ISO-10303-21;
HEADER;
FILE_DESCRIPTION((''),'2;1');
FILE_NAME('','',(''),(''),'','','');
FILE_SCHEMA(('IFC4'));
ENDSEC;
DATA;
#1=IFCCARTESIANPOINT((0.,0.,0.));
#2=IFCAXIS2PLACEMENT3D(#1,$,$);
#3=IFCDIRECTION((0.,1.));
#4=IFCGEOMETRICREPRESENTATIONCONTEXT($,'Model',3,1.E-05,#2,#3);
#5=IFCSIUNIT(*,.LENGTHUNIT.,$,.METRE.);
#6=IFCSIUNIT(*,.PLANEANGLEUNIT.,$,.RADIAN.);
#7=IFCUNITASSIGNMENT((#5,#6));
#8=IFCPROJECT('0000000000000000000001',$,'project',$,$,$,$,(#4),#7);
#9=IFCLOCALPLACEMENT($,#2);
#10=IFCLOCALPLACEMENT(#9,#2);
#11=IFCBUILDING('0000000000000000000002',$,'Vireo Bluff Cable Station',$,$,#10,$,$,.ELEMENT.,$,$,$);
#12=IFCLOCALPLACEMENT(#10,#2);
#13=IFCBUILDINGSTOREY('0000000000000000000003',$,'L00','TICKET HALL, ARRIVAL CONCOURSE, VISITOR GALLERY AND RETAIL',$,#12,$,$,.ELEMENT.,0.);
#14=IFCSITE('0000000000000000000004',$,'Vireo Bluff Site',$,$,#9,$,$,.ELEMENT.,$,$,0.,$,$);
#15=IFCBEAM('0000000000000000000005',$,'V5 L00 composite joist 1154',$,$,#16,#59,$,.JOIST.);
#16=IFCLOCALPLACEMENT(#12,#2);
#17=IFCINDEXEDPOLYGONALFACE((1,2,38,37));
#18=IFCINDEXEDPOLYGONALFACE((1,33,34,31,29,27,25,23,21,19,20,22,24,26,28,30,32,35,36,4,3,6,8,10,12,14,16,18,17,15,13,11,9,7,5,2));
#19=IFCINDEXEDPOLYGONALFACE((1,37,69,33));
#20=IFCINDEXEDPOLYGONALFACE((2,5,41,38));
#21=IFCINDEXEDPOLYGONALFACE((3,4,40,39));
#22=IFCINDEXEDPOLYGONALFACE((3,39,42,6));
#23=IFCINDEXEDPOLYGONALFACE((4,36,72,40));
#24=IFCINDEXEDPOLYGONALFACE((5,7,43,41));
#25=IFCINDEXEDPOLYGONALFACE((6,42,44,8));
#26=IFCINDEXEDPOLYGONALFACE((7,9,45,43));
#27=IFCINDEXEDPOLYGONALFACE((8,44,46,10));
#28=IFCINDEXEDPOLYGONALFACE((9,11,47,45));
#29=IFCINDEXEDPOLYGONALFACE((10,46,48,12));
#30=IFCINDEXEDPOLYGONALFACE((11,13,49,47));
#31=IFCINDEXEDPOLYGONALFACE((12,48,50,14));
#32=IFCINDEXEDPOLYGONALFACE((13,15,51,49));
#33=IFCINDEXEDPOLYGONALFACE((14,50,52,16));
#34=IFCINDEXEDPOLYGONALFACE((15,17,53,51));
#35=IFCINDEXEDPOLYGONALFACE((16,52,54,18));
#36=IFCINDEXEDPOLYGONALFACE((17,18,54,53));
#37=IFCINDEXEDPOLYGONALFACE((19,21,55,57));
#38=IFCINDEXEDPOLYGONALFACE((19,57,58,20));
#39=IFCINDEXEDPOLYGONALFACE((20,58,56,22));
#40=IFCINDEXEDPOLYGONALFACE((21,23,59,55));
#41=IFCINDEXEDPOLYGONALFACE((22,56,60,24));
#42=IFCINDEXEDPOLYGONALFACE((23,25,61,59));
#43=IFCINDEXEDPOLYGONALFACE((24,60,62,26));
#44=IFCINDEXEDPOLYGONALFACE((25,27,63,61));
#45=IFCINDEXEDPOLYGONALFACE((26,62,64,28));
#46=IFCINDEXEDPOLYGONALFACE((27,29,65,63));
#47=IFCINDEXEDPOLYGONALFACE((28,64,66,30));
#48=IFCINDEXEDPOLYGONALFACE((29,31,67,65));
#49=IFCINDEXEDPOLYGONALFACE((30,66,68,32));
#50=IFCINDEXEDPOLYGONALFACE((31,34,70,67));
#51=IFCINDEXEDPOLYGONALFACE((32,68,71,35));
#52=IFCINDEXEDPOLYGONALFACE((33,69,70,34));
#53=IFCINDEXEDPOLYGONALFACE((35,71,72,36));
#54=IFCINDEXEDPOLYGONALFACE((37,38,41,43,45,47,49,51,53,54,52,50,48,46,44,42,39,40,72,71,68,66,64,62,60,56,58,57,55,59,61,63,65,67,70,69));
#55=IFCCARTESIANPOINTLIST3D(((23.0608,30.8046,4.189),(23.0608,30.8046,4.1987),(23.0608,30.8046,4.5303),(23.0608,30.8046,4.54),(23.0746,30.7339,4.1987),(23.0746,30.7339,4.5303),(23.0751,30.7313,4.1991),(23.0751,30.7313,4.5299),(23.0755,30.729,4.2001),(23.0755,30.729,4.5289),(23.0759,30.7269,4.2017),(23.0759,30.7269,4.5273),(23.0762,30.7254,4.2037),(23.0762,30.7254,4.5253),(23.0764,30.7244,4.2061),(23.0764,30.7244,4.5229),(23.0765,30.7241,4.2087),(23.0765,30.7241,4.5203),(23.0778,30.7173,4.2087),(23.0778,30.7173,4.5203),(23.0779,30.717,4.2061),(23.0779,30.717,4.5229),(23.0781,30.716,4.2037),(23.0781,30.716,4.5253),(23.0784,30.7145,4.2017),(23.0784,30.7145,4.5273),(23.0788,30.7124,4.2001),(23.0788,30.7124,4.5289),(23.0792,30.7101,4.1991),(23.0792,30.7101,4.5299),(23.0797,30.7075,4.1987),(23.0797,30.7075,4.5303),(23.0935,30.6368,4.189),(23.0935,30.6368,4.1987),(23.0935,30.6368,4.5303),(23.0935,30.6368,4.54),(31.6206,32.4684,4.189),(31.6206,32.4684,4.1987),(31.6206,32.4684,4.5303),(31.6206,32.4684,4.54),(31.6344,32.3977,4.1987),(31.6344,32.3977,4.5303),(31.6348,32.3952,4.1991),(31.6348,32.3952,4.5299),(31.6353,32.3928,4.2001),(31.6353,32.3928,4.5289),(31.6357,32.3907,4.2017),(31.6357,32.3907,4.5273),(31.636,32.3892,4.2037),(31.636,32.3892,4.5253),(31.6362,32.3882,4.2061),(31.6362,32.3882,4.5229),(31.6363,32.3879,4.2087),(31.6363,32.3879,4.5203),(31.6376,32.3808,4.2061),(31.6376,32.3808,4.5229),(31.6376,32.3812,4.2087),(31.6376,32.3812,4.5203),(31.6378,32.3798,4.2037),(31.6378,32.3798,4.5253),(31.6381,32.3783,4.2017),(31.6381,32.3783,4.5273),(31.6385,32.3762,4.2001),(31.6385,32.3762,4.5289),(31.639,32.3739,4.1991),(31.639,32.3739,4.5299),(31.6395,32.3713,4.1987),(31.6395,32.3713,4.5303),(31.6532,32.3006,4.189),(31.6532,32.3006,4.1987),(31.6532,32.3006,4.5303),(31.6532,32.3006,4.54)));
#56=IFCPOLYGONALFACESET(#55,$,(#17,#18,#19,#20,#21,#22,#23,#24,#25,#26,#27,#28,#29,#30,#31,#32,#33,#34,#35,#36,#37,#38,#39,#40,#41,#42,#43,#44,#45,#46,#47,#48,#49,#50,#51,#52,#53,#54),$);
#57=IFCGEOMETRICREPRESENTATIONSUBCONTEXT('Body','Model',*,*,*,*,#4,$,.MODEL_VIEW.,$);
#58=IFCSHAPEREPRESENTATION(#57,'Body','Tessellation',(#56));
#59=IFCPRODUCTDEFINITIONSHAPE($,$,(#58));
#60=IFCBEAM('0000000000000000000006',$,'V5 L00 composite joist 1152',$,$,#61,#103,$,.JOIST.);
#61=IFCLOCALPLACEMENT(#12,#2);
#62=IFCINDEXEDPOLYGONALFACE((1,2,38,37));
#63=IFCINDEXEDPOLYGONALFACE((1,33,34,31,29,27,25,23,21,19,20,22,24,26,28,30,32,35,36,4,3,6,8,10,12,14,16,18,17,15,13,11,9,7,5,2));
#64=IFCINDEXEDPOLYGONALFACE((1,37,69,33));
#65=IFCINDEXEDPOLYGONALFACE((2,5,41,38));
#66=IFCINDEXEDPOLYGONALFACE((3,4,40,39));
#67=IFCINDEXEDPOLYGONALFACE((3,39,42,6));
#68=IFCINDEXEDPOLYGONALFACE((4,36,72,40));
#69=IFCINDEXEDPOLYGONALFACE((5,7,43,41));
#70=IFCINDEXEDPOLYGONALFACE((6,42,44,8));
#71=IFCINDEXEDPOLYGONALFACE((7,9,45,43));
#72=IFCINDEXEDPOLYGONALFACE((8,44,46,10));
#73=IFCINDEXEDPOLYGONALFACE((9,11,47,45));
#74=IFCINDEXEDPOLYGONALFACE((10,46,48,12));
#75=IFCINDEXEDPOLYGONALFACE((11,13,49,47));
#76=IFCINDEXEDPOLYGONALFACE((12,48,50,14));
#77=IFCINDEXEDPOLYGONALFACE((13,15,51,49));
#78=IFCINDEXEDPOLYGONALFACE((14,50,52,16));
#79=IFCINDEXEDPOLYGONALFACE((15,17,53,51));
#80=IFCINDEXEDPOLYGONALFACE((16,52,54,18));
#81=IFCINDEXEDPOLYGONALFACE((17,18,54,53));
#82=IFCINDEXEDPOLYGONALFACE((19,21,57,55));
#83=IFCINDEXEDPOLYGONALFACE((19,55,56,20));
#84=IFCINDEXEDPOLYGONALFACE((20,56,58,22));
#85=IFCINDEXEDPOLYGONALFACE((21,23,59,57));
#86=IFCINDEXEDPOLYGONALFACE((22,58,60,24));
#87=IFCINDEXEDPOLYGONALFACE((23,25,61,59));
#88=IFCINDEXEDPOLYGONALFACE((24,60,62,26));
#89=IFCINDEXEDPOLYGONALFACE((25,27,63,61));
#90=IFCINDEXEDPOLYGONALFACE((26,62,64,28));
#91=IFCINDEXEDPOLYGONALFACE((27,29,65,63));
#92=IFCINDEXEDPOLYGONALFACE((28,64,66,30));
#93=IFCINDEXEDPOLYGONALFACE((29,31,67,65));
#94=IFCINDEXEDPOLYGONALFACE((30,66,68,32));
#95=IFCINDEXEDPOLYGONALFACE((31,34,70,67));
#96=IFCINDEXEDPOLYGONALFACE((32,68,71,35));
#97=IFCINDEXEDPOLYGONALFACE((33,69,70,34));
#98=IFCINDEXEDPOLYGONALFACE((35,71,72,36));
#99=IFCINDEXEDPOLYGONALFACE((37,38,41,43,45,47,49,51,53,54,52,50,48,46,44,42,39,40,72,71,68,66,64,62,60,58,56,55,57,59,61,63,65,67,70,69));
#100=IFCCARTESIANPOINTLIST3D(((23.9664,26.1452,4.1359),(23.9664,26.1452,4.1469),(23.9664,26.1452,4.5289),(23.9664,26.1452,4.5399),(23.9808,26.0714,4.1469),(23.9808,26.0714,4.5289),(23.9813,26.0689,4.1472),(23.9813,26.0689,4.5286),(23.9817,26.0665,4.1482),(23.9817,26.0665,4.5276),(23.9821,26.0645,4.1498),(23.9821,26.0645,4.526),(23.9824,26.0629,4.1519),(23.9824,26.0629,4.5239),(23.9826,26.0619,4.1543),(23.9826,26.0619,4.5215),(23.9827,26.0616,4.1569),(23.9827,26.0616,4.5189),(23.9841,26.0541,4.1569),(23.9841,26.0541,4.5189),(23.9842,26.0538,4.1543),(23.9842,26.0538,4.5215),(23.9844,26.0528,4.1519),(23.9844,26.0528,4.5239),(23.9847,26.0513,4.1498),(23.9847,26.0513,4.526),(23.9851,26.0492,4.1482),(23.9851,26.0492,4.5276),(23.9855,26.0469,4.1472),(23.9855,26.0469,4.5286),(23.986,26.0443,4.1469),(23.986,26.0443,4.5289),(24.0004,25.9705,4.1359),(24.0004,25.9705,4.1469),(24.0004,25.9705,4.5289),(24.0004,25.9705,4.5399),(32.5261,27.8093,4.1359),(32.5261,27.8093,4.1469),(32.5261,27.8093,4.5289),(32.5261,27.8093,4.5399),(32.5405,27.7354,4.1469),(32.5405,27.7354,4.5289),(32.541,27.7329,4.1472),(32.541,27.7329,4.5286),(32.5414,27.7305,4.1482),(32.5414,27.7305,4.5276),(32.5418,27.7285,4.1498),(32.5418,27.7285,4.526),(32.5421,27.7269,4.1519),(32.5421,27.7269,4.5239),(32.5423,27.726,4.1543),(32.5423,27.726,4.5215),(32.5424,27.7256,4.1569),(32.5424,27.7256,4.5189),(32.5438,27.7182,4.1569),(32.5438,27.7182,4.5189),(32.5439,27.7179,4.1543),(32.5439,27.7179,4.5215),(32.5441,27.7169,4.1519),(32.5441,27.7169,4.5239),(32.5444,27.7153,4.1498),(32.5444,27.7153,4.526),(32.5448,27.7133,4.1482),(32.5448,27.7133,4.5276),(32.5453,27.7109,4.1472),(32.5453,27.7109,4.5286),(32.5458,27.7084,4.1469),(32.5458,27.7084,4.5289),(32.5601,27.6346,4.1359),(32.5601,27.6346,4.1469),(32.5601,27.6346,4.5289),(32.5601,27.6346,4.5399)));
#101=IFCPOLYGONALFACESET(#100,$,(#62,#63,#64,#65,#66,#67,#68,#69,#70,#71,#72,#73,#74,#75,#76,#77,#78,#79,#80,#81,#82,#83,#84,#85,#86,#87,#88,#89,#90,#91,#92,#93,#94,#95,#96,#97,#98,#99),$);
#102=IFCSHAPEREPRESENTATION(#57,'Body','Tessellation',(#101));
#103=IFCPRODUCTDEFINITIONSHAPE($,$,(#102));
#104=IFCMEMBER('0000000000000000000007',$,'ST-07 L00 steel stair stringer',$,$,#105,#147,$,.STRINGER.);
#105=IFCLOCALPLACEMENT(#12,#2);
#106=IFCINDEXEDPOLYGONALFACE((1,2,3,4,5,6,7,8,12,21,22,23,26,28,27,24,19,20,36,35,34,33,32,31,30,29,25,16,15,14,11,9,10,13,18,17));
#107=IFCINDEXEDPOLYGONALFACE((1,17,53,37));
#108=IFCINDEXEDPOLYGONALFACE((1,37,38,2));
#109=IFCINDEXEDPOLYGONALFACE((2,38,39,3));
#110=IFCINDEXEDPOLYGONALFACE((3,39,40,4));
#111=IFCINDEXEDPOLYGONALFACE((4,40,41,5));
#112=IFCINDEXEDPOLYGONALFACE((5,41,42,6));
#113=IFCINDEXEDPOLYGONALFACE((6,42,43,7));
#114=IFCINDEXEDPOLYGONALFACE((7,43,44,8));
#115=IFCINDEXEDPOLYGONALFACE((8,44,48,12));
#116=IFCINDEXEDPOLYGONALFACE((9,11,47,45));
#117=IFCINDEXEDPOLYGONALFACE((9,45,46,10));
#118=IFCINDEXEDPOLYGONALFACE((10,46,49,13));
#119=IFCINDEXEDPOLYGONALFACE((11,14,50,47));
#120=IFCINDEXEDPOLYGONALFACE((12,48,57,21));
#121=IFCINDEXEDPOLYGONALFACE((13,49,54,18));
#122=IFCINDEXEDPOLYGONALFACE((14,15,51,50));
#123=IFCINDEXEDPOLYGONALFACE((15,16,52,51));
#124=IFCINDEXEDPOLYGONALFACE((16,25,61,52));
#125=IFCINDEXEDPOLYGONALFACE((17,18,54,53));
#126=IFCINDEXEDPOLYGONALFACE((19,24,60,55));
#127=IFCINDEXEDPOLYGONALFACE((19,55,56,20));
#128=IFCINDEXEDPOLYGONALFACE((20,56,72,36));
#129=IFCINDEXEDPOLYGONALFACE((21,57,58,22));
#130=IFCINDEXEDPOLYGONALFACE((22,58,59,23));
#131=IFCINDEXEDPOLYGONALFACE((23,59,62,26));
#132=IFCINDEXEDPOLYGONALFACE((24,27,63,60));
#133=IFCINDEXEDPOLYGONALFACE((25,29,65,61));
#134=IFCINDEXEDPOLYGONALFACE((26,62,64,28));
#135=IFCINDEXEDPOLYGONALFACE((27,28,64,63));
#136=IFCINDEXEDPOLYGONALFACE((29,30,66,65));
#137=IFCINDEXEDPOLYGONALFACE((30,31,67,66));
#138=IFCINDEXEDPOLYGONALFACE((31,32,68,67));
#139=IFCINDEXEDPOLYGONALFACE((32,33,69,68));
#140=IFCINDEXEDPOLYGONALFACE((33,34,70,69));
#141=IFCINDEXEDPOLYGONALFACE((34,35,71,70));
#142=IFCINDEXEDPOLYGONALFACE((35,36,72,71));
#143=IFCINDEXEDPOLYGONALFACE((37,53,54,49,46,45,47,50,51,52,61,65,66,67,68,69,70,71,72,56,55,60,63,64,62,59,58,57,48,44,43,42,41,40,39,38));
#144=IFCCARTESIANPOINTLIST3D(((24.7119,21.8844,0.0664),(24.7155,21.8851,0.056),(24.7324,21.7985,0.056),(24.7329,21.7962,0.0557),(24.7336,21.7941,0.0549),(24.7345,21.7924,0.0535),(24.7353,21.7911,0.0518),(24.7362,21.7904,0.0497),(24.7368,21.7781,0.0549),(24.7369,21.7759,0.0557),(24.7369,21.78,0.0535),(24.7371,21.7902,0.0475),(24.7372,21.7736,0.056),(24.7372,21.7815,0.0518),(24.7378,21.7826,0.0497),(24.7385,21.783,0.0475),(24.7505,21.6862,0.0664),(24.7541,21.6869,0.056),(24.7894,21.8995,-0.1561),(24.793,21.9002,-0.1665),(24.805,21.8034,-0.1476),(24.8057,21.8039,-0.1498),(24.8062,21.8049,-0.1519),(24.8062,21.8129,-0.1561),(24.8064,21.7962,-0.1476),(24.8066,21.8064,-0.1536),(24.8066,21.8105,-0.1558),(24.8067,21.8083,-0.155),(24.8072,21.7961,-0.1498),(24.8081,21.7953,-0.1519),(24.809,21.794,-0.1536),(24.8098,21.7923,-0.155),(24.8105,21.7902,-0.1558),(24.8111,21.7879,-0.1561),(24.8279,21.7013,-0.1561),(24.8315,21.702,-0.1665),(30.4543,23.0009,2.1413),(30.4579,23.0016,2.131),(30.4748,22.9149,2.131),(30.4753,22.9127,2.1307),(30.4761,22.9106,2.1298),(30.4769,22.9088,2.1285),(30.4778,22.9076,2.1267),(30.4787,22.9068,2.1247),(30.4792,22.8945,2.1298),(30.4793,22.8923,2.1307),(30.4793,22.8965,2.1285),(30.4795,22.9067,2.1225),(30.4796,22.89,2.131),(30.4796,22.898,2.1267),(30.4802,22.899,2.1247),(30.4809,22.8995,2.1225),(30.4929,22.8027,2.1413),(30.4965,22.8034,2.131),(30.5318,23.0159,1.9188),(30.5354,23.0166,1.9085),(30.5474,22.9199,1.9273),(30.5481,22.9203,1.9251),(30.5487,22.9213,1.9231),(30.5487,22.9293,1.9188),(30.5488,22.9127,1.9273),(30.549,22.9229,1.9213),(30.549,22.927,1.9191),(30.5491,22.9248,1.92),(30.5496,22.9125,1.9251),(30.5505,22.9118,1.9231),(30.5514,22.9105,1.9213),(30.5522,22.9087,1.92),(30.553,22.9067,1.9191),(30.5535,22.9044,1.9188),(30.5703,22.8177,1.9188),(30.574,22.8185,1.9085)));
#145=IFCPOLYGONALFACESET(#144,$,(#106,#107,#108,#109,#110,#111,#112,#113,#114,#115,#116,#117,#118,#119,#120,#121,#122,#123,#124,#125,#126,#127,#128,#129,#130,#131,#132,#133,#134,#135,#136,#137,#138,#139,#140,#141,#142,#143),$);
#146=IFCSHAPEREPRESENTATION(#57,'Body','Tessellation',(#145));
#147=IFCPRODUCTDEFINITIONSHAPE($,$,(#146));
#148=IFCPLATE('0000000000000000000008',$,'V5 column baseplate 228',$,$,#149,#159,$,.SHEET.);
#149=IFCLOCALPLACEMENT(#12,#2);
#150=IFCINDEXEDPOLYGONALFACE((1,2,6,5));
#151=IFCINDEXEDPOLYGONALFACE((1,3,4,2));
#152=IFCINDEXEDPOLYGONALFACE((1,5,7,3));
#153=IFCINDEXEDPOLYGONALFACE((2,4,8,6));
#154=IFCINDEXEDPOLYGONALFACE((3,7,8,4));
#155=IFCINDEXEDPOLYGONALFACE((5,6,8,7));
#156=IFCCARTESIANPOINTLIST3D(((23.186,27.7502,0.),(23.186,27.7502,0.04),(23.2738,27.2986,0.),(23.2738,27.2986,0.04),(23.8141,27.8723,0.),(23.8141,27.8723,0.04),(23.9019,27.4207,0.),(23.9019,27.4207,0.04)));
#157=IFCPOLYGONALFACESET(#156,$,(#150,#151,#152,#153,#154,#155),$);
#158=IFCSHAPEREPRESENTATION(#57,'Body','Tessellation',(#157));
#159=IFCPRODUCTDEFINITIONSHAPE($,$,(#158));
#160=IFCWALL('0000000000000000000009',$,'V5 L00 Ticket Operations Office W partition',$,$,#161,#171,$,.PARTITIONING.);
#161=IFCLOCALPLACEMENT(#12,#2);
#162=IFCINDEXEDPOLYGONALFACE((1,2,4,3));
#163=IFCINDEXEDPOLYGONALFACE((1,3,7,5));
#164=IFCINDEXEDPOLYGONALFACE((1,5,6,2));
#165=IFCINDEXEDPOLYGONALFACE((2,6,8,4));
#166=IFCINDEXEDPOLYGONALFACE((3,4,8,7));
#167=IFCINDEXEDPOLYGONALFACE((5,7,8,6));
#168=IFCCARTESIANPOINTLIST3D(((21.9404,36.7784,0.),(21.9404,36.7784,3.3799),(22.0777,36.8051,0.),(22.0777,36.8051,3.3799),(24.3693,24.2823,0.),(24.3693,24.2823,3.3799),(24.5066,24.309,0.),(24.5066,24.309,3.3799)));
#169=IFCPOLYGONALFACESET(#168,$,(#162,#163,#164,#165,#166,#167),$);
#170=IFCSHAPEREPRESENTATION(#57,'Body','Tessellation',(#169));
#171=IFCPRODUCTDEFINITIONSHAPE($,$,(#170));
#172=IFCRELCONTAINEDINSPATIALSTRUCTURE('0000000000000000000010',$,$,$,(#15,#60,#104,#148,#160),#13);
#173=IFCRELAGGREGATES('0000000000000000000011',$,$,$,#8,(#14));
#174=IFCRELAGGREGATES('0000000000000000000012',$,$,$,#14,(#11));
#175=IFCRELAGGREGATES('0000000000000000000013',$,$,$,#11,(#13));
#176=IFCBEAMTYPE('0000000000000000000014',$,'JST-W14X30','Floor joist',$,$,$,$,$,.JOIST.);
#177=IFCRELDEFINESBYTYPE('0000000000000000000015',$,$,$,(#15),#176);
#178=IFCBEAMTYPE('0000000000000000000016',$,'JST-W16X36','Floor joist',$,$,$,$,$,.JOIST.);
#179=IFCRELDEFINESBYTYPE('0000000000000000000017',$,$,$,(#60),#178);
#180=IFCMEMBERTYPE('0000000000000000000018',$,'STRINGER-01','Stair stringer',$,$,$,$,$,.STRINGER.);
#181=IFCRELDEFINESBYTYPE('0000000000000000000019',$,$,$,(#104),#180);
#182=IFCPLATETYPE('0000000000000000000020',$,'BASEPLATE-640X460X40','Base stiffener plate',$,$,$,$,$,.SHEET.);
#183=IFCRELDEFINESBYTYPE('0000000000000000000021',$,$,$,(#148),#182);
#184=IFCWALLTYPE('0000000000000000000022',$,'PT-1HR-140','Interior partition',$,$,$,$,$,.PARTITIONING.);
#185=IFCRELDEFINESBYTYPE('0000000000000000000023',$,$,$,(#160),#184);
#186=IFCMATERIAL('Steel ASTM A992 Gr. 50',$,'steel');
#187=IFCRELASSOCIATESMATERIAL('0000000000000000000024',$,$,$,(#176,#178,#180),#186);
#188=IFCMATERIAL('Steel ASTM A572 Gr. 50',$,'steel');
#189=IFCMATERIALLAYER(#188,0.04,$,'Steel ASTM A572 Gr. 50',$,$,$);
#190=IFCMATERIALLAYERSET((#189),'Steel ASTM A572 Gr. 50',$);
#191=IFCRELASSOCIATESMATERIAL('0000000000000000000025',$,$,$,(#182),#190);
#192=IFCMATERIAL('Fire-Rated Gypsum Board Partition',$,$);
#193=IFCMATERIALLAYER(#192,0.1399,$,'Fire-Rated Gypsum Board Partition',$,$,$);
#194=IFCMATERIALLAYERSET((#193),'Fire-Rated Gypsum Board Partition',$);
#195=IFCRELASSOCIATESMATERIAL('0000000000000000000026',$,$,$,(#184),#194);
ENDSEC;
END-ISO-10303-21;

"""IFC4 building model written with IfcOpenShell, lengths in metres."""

from ifc_helpers import new_model, si_unit, direction, frame, frame_2d, origin, origin_2d, place, context, subcontext, project, spatial, rectangle, i_section, extrude, material, layer, layer_set, material_profile, profile_set, type_object, element, save


model = new_model("IFC4")

# Units and contexts
model_context = context("Model", 3, precision=1e-05, world=origin(), true_north=direction((0.0, 1.0)))
body_context = subcontext(model_context, "Body", "Model", "MODEL_VIEW")
ifc_project = project(units=[si_unit("LENGTHUNIT", "METRE"), si_unit("PLANEANGLEUNIT", "RADIAN")], contexts=[model_context])

# Site, building, storey
site_placement = place(None, origin())
site = spatial("IfcSite", under=ifc_project, at=site_placement, Name="Vireo Bluff Site", CompositionType="ELEMENT", RefElevation=0.0)
building_placement = place(site_placement, origin())
building = spatial("IfcBuilding", under=site, at=building_placement, Name="Vireo Bluff Cable Station", CompositionType="ELEMENT")
storey_placement = place(building_placement, origin())
storey = spatial("IfcBuildingStorey", under=building, at=storey_placement, Name="L00", Description="TICKET HALL, ARRIVAL CONCOURSE, VISITOR GALLERY AND RETAIL", CompositionType="ELEMENT", Elevation=0.0)

# Shared definitions
ifc_material_1 = material(Name="Steel ASTM A992 Gr. 50", Category="steel")

# Beams
ifc_material_profile_1 = material_profile(ifc_material_1, i_section(OverallWidth=0.1709, OverallDepth=0.3511, WebThickness=0.0068, FlangeThickness=0.0098, FilletRadius=0.01, at=origin_2d()), Name="W14X30")
ifc_profile_set_1 = profile_set([ifc_material_profile_1], Name="Steel ASTM A992 Gr. 50")
beam_type_1 = type_object("IfcBeamType", Name="JST-W14X30", Description="Floor joist", PredefinedType="JOIST", material=ifc_profile_set_1)
beam_1_placement = place(storey_placement, frame((23.0771, 30.7207, 4.3645), z_axis=(0.981628, 0.190804, 0.0), x_axis=(-0.190804, 0.981628, 0.0)))
element("IfcBeam", 1, at=beam_1_placement, inside=storey, type_object=beam_type_1, Name="V5 L00 composite joist 1154", PredefinedType="JOIST", context=body_context, shape_type="SweptSolid", body=[
    extrude(i_section(OverallWidth=0.1709, OverallDepth=0.3511, WebThickness=0.0068, FlangeThickness=0.0098, FilletRadius=0.01, at=origin_2d()), origin(), (0.0, 0.0, 1.0), 8.72),
])
ifc_material_profile_2 = material_profile(ifc_material_1, i_section(OverallWidth=0.178, OverallDepth=0.4041, WebThickness=0.0076, FlangeThickness=0.011, FilletRadius=0.01, at=origin_2d()), Name="W16X36")
ifc_profile_set_2 = profile_set([ifc_material_profile_2], Name="Steel ASTM A992 Gr. 50")
beam_type_2 = type_object("IfcBeamType", Name="JST-W16X36", Description="Floor joist", PredefinedType="JOIST", material=ifc_profile_set_2)
beam_2_placement = place(storey_placement, frame((23.9834, 26.0579, 4.3379), z_axis=(0.981623, 0.190831, 0.0), x_axis=(-0.190831, 0.981623, 0.0)))
element("IfcBeam", 2, at=beam_2_placement, inside=storey, type_object=beam_type_2, Name="V5 L00 composite joist 1152", PredefinedType="JOIST", context=body_context, shape_type="SweptSolid", body=[
    extrude(i_section(OverallWidth=0.178, OverallDepth=0.4041, WebThickness=0.0076, FlangeThickness=0.011, FilletRadius=0.01, at=origin_2d()), origin(), (0.0, 0.0, 1.0), 8.72),
])

# Member
ifc_material_profile_3 = material_profile(ifc_material_1, i_section(OverallWidth=0.2019, OverallDepth=0.2471, WebThickness=0.0073, FlangeThickness=0.011, FilletRadius=0.009, at=origin_2d()), Name="W10X33")
ifc_profile_set_3 = profile_set([ifc_material_profile_3], Name="Steel ASTM A992 Gr. 50")
member_type = type_object("IfcMemberType", Name="STRINGER-01", Description="Stair stringer", PredefinedType="STRINGER", material=ifc_profile_set_3)
member_placement = place(storey_placement, frame((24.7717, 21.7932, -0.05), z_axis=(0.925147, 0.179869, 0.33429), x_axis=(-0.190848, 0.98162, 0.0)))
element("IfcMember", 3, at=member_placement, inside=storey, type_object=member_type, Name="ST-07 L00 steel stair stringer", PredefinedType="STRINGER", context=body_context, shape_type="SweptSolid", body=[
    extrude(i_section(OverallWidth=0.2019, OverallDepth=0.2471, WebThickness=0.0073, FlangeThickness=0.011, FilletRadius=0.009, at=origin_2d()), origin(), (0.0, 0.0, 1.0), 6.207),
])

# Plate
ifc_material_2 = material(Name="Steel ASTM A572 Gr. 50", Category="steel")
ifc_layer_1 = layer(ifc_material_2, 0.04, Name="Steel ASTM A572 Gr. 50")
ifc_layer_set_1 = layer_set([ifc_layer_1], Name="Steel ASTM A572 Gr. 50")
plate_type = type_object("IfcPlateType", Name="BASEPLATE-640X460X40", Description="Base stiffener plate", PredefinedType="SHEET", material=ifc_layer_set_1)
plate_placement = place(storey_placement, frame((23.5439, 27.5854, 0.0), z_axis=(0.0, 0.0, 1.0), x_axis=(0.981627, 0.190809, 0.0)))
element("IfcPlate", 4, at=plate_placement, inside=storey, type_object=plate_type, Name="V5 column baseplate 228", PredefinedType="SHEET", context=body_context, shape_type="SweptSolid", body=[
    extrude(rectangle(XDim=0.6399, YDim=0.46, at=origin_2d()), origin(), (0.0, 0.0, 1.0), 0.04),
])

# Wall
ifc_material_3 = material(Name="Fire-Rated Gypsum Board Partition")
ifc_layer_2 = layer(ifc_material_3, 0.1399, Name="Fire-Rated Gypsum Board Partition")
ifc_layer_set_2 = layer_set([ifc_layer_2], Name="Fire-Rated Gypsum Board Partition")
wall_type = type_object("IfcWallType", Name="PT-1HR-140", Description="Interior partition", PredefinedType="PARTITIONING", material=ifc_layer_set_2)
wall_placement = place(storey_placement, frame((24.438, 24.2957, 0.0), z_axis=(0.0, 0.0, 1.0), x_axis=(-0.190806, 0.981628, 0.0)))
element("IfcWall", 5, at=wall_placement, inside=storey, type_object=wall_type, Name="V5 L00 Ticket Operations Office W partition", PredefinedType="PARTITIONING", context=body_context, shape_type="SweptSolid", body=[
    extrude(rectangle(XDim=12.73, YDim=0.1399, at=frame_2d((6.365, 0.0))), origin(), (0.0, 0.0, 1.0), 3.3799),
])

save(model, "model.ifc")
